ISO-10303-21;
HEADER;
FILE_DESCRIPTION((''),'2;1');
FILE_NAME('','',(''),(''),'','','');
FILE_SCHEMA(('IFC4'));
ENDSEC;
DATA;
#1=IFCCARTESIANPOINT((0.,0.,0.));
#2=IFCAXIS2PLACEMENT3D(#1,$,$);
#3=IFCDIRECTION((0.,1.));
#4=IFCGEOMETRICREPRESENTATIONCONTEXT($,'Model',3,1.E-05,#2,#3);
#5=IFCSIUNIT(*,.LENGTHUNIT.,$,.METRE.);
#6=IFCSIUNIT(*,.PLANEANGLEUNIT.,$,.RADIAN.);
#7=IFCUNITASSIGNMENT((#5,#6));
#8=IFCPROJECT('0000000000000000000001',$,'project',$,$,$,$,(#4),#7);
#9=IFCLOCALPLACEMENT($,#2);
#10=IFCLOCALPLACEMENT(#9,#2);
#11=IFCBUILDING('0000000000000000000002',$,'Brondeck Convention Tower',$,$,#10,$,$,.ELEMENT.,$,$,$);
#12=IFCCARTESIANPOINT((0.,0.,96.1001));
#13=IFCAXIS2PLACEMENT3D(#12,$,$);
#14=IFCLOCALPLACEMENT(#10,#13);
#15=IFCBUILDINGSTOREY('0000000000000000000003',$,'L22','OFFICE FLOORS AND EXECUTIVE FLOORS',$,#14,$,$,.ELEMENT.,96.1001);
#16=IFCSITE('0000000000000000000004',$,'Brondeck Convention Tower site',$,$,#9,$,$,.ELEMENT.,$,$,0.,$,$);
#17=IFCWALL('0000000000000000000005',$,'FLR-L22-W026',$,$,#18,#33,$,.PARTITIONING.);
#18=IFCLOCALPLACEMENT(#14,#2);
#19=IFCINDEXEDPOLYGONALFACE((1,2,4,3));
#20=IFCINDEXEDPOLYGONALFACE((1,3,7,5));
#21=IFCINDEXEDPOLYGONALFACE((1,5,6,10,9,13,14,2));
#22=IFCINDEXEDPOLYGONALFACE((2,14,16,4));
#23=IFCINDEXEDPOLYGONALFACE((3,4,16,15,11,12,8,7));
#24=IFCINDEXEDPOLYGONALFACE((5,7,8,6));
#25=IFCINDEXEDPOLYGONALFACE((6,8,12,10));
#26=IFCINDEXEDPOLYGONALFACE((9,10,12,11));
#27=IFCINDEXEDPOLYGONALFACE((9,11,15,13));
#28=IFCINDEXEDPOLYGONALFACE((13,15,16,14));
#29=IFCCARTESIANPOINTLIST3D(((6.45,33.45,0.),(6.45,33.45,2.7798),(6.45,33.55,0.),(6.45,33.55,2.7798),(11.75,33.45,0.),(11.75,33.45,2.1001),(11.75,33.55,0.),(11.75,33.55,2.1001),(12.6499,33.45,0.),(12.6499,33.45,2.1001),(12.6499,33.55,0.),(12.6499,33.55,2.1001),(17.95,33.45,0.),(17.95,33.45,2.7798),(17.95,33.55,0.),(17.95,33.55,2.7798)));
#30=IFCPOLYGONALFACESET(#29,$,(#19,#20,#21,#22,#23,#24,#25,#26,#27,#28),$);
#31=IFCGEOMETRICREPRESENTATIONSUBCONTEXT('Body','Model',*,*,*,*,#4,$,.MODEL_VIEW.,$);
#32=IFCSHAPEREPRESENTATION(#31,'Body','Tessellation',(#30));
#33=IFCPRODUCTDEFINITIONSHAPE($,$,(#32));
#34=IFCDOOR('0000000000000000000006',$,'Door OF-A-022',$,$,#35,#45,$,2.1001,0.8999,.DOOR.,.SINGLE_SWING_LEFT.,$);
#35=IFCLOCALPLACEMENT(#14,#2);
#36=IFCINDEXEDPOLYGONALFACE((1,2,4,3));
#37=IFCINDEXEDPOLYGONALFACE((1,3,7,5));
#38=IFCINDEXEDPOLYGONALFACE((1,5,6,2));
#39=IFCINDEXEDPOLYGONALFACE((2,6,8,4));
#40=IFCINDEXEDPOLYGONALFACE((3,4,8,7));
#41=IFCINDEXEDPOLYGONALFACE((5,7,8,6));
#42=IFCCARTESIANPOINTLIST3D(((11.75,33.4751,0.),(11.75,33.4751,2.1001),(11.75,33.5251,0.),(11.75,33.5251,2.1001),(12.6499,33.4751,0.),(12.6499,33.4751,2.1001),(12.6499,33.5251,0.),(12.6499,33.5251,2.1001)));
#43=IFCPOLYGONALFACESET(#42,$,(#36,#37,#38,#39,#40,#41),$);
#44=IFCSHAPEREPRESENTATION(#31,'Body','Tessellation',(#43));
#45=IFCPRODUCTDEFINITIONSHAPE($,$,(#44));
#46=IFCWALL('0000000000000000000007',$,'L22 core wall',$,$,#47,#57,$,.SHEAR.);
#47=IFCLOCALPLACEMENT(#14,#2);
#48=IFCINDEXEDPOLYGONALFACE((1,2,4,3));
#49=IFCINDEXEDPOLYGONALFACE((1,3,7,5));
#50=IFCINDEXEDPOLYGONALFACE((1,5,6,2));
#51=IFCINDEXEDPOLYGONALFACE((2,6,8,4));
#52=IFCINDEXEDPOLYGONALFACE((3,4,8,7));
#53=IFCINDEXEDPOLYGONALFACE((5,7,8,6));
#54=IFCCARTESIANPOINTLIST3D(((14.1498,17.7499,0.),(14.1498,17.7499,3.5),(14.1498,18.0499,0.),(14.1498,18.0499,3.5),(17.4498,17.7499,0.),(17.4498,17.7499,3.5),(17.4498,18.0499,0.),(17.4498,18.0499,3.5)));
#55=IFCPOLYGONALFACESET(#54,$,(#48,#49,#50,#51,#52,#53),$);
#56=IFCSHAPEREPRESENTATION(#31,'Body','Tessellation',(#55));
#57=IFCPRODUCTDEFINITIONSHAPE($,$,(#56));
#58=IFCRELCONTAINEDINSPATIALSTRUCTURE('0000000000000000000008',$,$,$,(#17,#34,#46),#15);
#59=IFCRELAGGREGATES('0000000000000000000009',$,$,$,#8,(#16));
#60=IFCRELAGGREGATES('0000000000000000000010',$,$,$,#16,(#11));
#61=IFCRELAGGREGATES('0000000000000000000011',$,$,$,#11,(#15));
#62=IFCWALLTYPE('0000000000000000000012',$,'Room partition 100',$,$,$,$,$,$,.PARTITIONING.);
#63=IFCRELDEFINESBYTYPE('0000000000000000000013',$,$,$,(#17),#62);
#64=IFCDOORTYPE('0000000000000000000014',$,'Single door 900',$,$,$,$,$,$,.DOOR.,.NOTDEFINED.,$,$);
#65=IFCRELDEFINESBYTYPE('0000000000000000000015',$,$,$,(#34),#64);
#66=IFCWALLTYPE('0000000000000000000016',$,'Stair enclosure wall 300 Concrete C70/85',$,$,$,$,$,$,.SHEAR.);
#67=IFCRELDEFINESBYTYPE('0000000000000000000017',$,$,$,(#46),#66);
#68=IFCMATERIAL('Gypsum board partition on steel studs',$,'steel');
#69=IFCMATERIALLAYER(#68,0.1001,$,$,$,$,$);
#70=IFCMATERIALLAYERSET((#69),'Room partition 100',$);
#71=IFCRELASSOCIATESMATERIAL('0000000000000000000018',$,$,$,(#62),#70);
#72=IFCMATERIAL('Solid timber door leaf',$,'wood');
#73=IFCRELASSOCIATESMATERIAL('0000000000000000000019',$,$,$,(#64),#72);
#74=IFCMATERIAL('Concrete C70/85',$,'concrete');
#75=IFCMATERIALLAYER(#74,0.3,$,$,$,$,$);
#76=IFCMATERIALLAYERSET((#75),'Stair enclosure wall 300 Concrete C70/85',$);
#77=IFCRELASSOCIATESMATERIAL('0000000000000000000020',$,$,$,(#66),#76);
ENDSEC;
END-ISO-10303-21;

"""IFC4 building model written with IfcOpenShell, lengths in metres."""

from ifc_helpers import new_model, si_unit, direction, frame, frame_2d, origin, place, context, subcontext, project, spatial, rectangle, extrude, material, layer, layer_set, type_object, element, fill, save


model = new_model("IFC4")

# Units and contexts
model_context = context("Model", 3, precision=1e-05, world=origin(), true_north=direction((0.0, 1.0)))
body_context = subcontext(model_context, "Body", "Model", "MODEL_VIEW")
ifc_project = project(units=[si_unit("LENGTHUNIT", "METRE"), si_unit("PLANEANGLEUNIT", "RADIAN")], contexts=[model_context])

# Site, building, storey
site_placement = place(None, origin())
site = spatial("IfcSite", under=ifc_project, at=site_placement, Name="Brondeck Convention Tower site", CompositionType="ELEMENT", RefElevation=0.0)
building_placement = place(site_placement, origin())
building = spatial("IfcBuilding", under=site, at=building_placement, Name="Brondeck Convention Tower", CompositionType="ELEMENT")
storey_placement = place(building_placement, frame((0.0, 0.0, 96.1001)))
storey = spatial("IfcBuildingStorey", under=building, at=storey_placement, Name="L22", Description="OFFICE FLOORS AND EXECUTIVE FLOORS", CompositionType="ELEMENT", Elevation=96.1001)

# Shared definitions
ifc_material_1 = material(Name="Concrete C70/85", Category="concrete")

# Shared definitions
ifc_material_2 = material(Name="Gypsum board partition on steel studs", Category="steel")
ifc_layer_1 = layer(ifc_material_2, 0.1001)
ifc_layer_set_1 = layer_set([ifc_layer_1], Name="Room partition 100")
wall_type_1 = type_object("IfcWallType", Name="Room partition 100", PredefinedType="PARTITIONING", material=ifc_layer_set_1)

# Shared definitions
ifc_material_3 = material(Name="Solid timber door leaf", Category="wood")
door_type_1 = type_object("IfcDoorType", Name="Single door 900", OperationType="NOTDEFINED", PredefinedType="DOOR", material=ifc_material_3)

# Wall, opening, door
wall_1_placement = place(storey_placement, frame((17.95, 33.5, 0.0), z_axis=(0.0, 0.0, 1.0), x_axis=(-1.0, 0.0, 0.0)))
wall_1 = element("IfcWall", 1, at=wall_1_placement, inside=storey, type_object=wall_type_1, Name="FLR-L22-W026", PredefinedType="PARTITIONING", context=body_context, shape_type="SweptSolid", body=[
    extrude(rectangle(XDim=11.5, YDim=0.1001, at=frame_2d((5.75, 0.0))), origin(), (0.0, 0.0, 1.0), 2.7798),
])
opening_1_placement = place(wall_1_placement, frame((5.3, 0.0, 0.0)))
opening_1 = element("IfcOpeningElement", 2, at=opening_1_placement, cuts=wall_1, PredefinedType="OPENING", context=body_context, shape_type="SweptSolid", body=[
    extrude(rectangle(XDim=0.8999, YDim=2.1001, at=frame_2d((0.45, 1.05))), frame((0.0, 0.0601, 0.0), z_axis=(0.0, -1.0, 0.0), x_axis=(1.0, 0.0, 0.0)), (0.0, 0.0, 1.0), 0.1201),
])
door_1_placement = place(opening_1_placement, origin())
door_1 = element("IfcDoor", 3, at=door_1_placement, inside=storey, type_object=door_type_1, Name="Door OF-A-022", OperationType="SINGLE_SWING_LEFT", OverallHeight=2.1001, OverallWidth=0.8999, PredefinedType="DOOR", context=body_context, shape_type="SweptSolid", body=[
    extrude(rectangle(XDim=0.8999, YDim=2.1001, at=frame_2d((0.45, 1.05))), frame((0.0, 0.0249, 0.0), z_axis=(0.0, -1.0, 0.0), x_axis=(1.0, 0.0, 0.0)), (0.0, 0.0, 1.0), 0.05),
])
fill(opening_1, door_1)

# Wall
ifc_layer_2 = layer(ifc_material_1, 0.3)
ifc_layer_set_2 = layer_set([ifc_layer_2], Name="Stair enclosure wall 300 Concrete C70/85")
wall_type_2 = type_object("IfcWallType", Name="Stair enclosure wall 300 Concrete C70/85", PredefinedType="SHEAR", material=ifc_layer_set_2)
wall_2_placement = place(storey_placement, frame((14.1499, 17.8999, 0.0), z_axis=(0.0, 0.0, 1.0), x_axis=(1.0, 0.0, 0.0)))
element("IfcWall", 4, at=wall_2_placement, inside=storey, type_object=wall_type_2, Name="L22 core wall", PredefinedType="SHEAR", context=body_context, shape_type="SweptSolid", body=[
    extrude(rectangle(XDim=3.3, YDim=0.3, at=frame_2d((1.6499, 0.0))), origin(), (0.0, 0.0, 1.0), 3.5),
])

save(model, "model.ifc")
